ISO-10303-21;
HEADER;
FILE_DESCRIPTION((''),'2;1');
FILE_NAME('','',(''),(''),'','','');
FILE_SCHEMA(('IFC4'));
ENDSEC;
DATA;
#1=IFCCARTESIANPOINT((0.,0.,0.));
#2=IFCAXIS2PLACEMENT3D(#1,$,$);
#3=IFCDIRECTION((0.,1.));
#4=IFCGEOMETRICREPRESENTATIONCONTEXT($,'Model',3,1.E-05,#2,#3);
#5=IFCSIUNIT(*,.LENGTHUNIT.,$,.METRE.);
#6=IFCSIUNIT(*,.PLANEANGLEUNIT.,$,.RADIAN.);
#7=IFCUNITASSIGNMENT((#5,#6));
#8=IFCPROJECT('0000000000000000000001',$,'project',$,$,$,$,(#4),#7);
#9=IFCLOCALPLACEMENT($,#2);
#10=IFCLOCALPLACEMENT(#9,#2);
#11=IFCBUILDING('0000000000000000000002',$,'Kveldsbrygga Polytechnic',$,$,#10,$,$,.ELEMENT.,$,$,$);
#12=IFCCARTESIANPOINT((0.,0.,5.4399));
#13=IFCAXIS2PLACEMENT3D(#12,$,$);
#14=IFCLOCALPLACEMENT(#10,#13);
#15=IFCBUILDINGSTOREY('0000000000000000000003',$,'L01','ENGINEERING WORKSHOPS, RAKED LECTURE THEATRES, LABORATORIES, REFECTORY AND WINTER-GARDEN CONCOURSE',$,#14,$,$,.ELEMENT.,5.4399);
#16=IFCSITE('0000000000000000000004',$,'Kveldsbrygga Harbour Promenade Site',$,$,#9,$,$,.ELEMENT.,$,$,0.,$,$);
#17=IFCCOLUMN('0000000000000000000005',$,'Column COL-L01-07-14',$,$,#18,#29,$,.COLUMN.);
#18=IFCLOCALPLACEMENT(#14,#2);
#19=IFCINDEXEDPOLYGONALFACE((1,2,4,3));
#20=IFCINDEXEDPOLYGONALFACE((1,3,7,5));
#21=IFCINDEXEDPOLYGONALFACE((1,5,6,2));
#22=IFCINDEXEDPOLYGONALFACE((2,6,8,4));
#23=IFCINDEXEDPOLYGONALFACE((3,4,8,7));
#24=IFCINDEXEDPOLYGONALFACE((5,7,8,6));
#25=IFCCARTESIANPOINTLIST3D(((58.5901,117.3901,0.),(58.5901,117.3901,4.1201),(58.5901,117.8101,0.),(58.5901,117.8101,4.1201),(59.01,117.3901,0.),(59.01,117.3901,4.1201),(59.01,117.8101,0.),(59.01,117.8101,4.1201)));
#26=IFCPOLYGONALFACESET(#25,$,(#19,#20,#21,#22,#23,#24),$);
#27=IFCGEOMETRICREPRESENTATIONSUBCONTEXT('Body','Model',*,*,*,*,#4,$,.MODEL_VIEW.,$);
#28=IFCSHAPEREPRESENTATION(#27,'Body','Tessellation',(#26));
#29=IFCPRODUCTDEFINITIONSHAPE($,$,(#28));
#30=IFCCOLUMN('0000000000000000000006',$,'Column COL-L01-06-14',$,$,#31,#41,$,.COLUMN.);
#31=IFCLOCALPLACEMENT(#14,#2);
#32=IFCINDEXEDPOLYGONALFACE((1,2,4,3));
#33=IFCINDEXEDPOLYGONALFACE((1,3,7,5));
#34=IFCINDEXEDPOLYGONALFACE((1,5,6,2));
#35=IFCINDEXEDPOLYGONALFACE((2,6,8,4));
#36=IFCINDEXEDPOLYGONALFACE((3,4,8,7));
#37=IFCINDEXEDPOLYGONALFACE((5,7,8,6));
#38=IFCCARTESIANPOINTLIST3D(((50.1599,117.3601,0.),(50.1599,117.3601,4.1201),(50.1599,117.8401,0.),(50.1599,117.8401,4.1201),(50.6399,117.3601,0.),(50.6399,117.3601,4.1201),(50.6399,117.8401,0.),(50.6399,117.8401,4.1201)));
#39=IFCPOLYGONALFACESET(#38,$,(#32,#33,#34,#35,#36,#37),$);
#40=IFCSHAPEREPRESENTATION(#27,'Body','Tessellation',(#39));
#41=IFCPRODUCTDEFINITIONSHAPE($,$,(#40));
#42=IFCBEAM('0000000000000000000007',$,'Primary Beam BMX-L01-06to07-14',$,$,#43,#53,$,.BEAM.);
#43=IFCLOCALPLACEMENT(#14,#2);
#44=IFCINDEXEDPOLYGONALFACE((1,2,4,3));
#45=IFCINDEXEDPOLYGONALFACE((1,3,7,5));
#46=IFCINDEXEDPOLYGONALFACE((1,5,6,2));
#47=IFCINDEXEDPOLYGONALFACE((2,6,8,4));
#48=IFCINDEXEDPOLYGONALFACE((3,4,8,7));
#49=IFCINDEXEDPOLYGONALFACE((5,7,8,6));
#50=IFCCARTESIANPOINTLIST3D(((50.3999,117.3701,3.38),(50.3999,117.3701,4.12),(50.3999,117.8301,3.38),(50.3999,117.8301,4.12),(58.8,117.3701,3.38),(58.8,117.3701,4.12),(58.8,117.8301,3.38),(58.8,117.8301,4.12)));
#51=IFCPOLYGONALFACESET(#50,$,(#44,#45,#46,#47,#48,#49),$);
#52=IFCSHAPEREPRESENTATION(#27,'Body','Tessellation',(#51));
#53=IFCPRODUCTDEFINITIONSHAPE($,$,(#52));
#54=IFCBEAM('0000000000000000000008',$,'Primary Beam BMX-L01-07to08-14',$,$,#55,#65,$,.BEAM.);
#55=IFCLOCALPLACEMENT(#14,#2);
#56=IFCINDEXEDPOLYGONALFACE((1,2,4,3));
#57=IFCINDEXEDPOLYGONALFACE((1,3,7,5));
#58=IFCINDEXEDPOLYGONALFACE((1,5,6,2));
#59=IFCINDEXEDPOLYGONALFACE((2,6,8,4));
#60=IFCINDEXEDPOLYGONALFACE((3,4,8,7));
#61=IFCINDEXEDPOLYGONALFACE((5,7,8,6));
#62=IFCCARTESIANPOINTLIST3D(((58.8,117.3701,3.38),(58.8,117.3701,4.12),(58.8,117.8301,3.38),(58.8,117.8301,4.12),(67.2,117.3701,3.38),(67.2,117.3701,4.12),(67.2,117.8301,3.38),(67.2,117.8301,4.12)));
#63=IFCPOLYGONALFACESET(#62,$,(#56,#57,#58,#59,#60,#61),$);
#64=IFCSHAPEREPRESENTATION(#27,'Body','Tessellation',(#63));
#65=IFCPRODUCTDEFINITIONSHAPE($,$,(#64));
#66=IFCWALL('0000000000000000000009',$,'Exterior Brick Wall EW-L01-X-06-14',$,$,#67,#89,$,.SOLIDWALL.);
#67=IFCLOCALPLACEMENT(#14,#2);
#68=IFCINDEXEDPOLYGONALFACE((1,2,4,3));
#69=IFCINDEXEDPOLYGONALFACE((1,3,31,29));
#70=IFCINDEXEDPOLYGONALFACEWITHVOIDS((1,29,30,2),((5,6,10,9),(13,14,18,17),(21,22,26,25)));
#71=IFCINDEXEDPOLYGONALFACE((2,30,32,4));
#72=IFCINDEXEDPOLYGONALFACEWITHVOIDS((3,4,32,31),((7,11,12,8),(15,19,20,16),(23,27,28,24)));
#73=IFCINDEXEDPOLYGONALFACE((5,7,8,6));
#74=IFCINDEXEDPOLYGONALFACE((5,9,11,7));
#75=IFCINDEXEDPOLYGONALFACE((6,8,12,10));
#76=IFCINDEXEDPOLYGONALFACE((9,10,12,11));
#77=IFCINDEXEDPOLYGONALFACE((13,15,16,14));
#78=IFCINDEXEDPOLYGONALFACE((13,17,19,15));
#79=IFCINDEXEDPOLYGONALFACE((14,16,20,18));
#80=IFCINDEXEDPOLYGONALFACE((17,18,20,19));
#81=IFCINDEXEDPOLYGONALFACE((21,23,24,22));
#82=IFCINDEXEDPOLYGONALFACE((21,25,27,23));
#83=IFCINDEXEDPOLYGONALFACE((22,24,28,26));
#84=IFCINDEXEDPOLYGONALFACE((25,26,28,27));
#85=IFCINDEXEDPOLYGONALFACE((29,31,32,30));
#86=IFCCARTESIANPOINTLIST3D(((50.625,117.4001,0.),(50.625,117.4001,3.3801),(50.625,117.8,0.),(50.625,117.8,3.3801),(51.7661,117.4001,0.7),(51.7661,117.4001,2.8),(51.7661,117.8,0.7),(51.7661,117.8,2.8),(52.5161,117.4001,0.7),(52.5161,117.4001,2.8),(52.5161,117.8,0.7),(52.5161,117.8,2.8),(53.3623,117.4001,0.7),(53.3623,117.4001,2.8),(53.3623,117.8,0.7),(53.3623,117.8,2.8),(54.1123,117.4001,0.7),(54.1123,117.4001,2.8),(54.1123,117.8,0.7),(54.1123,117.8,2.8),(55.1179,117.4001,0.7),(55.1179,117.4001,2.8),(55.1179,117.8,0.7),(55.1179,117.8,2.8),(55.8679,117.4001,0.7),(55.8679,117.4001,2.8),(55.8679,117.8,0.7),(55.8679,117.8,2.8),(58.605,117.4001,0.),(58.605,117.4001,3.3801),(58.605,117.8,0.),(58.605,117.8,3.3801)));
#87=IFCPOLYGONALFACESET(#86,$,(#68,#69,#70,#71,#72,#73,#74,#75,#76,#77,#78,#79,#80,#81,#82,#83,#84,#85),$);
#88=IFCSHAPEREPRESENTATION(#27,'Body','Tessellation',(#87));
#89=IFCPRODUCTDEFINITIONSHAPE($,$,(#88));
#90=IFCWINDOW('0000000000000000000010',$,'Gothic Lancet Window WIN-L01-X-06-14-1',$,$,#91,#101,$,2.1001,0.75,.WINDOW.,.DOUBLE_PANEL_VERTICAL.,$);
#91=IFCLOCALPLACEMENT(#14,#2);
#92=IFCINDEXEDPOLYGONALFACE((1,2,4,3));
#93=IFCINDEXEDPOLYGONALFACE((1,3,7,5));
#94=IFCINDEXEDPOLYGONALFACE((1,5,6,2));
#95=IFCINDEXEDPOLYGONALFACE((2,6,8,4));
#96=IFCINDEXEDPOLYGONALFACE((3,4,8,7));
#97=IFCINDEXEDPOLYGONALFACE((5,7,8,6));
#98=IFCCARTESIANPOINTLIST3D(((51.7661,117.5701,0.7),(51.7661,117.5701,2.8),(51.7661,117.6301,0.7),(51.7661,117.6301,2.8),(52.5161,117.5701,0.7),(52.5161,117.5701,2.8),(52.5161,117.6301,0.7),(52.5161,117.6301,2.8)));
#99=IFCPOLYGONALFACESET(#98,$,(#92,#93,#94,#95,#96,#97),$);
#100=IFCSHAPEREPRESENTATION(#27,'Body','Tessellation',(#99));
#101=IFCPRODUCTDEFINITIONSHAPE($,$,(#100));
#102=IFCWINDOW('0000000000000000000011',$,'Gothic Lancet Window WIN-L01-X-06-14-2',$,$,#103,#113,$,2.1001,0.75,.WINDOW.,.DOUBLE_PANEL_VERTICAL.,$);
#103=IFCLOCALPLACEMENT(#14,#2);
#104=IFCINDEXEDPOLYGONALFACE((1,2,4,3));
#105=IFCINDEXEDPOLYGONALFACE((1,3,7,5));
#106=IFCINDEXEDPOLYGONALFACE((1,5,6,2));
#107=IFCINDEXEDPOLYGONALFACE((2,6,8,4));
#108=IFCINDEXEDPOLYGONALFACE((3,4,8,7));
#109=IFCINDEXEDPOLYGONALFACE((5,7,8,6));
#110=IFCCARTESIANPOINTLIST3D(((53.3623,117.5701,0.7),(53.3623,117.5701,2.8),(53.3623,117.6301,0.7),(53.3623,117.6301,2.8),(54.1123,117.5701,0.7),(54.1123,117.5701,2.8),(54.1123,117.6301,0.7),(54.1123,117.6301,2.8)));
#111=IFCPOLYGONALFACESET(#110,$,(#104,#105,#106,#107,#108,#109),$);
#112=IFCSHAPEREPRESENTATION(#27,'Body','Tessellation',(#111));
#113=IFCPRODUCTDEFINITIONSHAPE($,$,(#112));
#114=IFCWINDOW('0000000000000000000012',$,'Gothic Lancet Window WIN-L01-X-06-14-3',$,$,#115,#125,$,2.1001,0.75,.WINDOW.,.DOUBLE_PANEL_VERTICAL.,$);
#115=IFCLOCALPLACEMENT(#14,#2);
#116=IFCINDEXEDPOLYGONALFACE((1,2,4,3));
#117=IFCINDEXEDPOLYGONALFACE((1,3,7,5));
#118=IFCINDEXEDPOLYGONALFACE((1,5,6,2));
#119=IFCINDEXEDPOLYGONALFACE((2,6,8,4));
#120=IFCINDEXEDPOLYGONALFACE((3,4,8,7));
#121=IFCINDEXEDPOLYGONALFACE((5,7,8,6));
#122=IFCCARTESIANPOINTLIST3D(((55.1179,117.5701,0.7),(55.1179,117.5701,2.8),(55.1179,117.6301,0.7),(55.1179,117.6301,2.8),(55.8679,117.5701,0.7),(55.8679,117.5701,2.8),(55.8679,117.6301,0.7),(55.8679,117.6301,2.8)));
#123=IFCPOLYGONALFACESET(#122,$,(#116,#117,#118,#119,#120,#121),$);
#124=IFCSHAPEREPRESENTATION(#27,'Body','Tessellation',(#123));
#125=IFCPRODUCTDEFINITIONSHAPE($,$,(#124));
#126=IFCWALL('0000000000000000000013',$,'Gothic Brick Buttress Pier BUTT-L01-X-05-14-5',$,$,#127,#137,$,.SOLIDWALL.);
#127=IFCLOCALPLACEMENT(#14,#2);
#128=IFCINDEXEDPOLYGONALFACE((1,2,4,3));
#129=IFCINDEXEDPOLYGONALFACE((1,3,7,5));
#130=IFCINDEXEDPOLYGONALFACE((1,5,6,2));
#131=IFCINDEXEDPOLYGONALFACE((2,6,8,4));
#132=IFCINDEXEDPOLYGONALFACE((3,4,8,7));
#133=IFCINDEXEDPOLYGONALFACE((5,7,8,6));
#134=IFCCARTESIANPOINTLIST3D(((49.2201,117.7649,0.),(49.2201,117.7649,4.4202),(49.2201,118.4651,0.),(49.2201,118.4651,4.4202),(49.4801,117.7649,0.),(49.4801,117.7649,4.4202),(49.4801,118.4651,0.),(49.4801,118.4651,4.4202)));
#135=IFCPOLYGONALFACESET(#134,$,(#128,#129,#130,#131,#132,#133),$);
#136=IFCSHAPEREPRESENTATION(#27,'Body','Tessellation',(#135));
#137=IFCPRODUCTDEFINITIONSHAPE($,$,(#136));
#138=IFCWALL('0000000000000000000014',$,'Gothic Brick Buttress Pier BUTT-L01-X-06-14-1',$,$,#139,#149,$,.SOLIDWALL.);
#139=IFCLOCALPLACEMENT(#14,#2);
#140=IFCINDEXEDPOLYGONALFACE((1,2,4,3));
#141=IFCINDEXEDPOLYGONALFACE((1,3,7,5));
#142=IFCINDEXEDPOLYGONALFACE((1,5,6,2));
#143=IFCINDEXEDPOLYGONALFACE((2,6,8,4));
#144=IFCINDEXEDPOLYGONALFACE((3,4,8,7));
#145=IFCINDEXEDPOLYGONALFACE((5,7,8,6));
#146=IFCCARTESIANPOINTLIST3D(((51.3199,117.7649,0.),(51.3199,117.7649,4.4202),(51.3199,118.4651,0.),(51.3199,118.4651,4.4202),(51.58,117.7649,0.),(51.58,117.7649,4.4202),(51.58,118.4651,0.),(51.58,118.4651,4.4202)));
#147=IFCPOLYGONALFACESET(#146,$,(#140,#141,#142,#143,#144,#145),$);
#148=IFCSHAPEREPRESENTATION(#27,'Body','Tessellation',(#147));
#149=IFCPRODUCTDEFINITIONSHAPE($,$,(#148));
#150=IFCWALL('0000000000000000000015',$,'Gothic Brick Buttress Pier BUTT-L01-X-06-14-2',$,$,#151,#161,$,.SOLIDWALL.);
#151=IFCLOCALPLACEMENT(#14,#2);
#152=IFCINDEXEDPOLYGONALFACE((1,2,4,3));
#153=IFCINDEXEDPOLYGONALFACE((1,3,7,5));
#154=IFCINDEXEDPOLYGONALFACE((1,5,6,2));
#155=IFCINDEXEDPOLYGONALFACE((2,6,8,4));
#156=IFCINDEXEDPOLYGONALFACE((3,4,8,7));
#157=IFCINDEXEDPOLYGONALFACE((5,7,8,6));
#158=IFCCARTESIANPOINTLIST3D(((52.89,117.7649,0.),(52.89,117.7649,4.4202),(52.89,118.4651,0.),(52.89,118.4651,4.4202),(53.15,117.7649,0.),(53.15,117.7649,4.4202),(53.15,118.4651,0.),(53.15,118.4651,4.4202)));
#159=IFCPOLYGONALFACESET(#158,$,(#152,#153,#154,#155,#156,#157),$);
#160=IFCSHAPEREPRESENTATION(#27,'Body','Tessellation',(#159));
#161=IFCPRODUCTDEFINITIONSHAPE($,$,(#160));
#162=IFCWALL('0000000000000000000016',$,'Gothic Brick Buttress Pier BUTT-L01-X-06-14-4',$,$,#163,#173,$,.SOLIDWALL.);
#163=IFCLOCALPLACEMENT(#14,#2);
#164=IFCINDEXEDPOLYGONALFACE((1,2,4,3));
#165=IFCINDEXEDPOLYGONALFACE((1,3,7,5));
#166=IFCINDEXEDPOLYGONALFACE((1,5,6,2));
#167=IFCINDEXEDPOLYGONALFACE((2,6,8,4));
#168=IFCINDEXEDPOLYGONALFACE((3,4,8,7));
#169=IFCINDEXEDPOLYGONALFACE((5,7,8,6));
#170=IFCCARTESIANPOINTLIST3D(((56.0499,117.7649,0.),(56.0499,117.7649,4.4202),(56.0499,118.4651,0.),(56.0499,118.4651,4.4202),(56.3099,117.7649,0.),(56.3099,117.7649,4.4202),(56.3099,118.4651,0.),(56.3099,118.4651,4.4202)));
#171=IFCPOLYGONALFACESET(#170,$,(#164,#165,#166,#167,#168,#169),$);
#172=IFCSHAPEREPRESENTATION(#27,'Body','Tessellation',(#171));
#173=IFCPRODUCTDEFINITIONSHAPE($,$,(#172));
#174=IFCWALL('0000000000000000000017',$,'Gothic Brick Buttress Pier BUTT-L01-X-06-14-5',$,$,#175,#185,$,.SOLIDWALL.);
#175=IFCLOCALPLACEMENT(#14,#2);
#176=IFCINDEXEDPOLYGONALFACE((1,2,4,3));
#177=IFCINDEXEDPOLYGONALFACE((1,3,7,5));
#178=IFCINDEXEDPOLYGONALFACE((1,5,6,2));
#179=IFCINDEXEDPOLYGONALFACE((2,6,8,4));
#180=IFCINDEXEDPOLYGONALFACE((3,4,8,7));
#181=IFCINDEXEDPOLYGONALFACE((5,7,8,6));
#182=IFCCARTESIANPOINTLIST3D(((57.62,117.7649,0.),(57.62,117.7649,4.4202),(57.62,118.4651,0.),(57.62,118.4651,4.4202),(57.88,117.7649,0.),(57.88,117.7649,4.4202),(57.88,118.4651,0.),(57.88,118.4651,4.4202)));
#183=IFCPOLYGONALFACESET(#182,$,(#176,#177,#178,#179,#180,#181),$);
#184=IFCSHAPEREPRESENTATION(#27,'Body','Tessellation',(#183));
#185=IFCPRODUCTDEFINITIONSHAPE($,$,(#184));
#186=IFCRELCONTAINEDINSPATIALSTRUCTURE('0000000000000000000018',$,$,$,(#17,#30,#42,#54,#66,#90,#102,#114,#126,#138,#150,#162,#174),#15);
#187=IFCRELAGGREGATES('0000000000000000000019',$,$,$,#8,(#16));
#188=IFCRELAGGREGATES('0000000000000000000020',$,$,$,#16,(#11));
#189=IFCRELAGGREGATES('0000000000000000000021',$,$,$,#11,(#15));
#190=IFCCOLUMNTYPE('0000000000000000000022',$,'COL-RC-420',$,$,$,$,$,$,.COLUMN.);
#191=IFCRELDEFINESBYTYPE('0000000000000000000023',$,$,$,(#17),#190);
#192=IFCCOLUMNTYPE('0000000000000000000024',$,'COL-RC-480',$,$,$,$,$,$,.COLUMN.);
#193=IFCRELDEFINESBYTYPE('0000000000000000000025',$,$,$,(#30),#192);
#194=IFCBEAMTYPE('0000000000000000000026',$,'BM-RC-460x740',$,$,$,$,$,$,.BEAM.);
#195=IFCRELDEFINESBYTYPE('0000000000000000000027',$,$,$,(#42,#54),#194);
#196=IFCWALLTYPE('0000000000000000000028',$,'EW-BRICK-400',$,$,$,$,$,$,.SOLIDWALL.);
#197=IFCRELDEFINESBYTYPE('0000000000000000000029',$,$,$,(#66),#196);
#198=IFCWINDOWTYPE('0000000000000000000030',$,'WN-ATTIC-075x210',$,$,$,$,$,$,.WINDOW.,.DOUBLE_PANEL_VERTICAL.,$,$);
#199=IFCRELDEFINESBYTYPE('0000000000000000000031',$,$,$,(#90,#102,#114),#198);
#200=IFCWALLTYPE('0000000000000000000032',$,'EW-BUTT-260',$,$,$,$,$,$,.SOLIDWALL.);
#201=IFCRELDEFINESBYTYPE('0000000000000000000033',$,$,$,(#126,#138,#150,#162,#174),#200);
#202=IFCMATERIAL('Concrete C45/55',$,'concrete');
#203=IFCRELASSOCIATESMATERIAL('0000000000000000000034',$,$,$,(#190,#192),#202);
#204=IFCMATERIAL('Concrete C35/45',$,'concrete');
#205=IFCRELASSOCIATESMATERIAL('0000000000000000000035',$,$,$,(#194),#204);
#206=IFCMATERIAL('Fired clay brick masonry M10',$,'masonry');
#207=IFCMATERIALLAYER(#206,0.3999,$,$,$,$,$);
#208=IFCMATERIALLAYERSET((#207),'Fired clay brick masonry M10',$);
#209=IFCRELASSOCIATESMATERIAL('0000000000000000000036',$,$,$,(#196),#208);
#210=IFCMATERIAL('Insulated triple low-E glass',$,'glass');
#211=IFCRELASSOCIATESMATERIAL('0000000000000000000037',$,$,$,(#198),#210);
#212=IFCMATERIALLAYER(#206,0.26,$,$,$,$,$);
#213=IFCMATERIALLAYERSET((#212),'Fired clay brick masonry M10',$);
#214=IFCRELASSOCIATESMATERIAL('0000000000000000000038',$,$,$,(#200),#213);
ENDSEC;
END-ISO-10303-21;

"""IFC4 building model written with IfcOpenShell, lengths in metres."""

from ifc_helpers import new_model, si_unit, direction, frame, frame_2d, origin, origin_2d, place, context, subcontext, project, spatial, rectangle, extrude, material, layer, layer_set, material_profile, profile_set, type_object, element, fill, save


model = new_model("IFC4")

# Units and contexts
model_context = context("Model", 3, precision=1e-05, world=origin(), true_north=direction((0.0, 1.0)))
body_context = subcontext(model_context, "Body", "Model", "MODEL_VIEW")
ifc_project = project(units=[si_unit("LENGTHUNIT", "METRE"), si_unit("PLANEANGLEUNIT", "RADIAN")], contexts=[model_context])

# Site, building, storey
site_placement = place(None, origin())
site = spatial("IfcSite", under=ifc_project, at=site_placement, Name="Kveldsbrygga Harbour Promenade Site", CompositionType="ELEMENT", RefElevation=0.0)
building_placement = place(site_placement, origin())
building = spatial("IfcBuilding", under=site, at=building_placement, Name="Kveldsbrygga Polytechnic", CompositionType="ELEMENT")
storey_placement = place(building_placement, frame((0.0, 0.0, 5.4399)))
storey = spatial("IfcBuildingStorey", under=building, at=storey_placement, Name="L01", Description="ENGINEERING WORKSHOPS, RAKED LECTURE THEATRES, LABORATORIES, REFECTORY AND WINTER-GARDEN CONCOURSE", CompositionType="ELEMENT", Elevation=5.4399)

# Columns
ifc_material_1 = material(Name="Concrete C45/55", Category="concrete")
ifc_material_profile_1 = material_profile(ifc_material_1, rectangle(XDim=0.4199, YDim=0.4199, at=origin_2d()), Name="RC 420x420")
ifc_profile_set_1 = profile_set([ifc_material_profile_1], Name="Concrete C45/55")
column_type_1 = type_object("IfcColumnType", Name="COL-RC-420", PredefinedType="COLUMN", material=ifc_profile_set_1)
column_1_placement = place(storey_placement, frame((58.8, 117.6001, 0.0), z_axis=(0.0, 0.0, 1.0), x_axis=(1.0, 0.0, 0.0)))
element("IfcColumn", 1, at=column_1_placement, inside=storey, type_object=column_type_1, Name="Column COL-L01-07-14", PredefinedType="COLUMN", context=body_context, shape_type="SweptSolid", body=[
    extrude(rectangle(XDim=0.4199, YDim=0.4199, at=origin_2d()), origin(), (0.0, 0.0, 1.0), 4.1201),
])
ifc_material_profile_2 = material_profile(ifc_material_1, rectangle(XDim=0.48, YDim=0.48, at=origin_2d()), Name="RC 480x480")
ifc_profile_set_2 = profile_set([ifc_material_profile_2], Name="Concrete C45/55")
column_type_2 = type_object("IfcColumnType", Name="COL-RC-480", PredefinedType="COLUMN", material=ifc_profile_set_2)
column_2_placement = place(storey_placement, frame((50.3999, 117.6001, 0.0), z_axis=(0.0, 0.0, 1.0), x_axis=(1.0, 0.0, 0.0)))
element("IfcColumn", 2, at=column_2_placement, inside=storey, type_object=column_type_2, Name="Column COL-L01-06-14", PredefinedType="COLUMN", context=body_context, shape_type="SweptSolid", body=[
    extrude(rectangle(XDim=0.48, YDim=0.48, at=origin_2d()), origin(), (0.0, 0.0, 1.0), 4.1201),
])

# Beams
ifc_material_2 = material(Name="Concrete C35/45", Category="concrete")
ifc_material_profile_3 = material_profile(ifc_material_2, rectangle(XDim=0.46, YDim=0.74, at=origin_2d()), Name="RC 460x740")
ifc_profile_set_3 = profile_set([ifc_material_profile_3], Name="Concrete C35/45")
beam_type = type_object("IfcBeamType", Name="BM-RC-460x740", PredefinedType="BEAM", material=ifc_profile_set_3)
beam_1_placement = place(storey_placement, frame((50.3999, 117.6001, 3.75), z_axis=(1.0, 0.0, 0.0), x_axis=(0.0, 1.0, 0.0)))
element("IfcBeam", 3, at=beam_1_placement, inside=storey, type_object=beam_type, Name="Primary Beam BMX-L01-06to07-14", PredefinedType="BEAM", context=body_context, shape_type="SweptSolid", body=[
    extrude(rectangle(XDim=0.46, YDim=0.74, at=origin_2d()), origin(), (0.0, 0.0, 1.0), 8.4001),
])
beam_2_placement = place(storey_placement, frame((58.8, 117.6001, 3.75), z_axis=(1.0, 0.0, 0.0), x_axis=(0.0, 1.0, 0.0)))
element("IfcBeam", 4, at=beam_2_placement, inside=storey, type_object=beam_type, Name="Primary Beam BMX-L01-07to08-14", PredefinedType="BEAM", context=body_context, shape_type="SweptSolid", body=[
    extrude(rectangle(XDim=0.46, YDim=0.74, at=origin_2d()), origin(), (0.0, 0.0, 1.0), 8.3999),
])

# Wall, openings, windows
ifc_material_3 = material(Name="Fired clay brick masonry M10", Category="masonry")
ifc_layer_1 = layer(ifc_material_3, 0.3999)
ifc_layer_set_1 = layer_set([ifc_layer_1], Name="Fired clay brick masonry M10")
wall_type_1 = type_object("IfcWallType", Name="EW-BRICK-400", PredefinedType="SOLIDWALL", material=ifc_layer_set_1)
wall_placement = place(storey_placement, frame((50.625, 117.6001, 0.0), z_axis=(0.0, 0.0, 1.0), x_axis=(1.0, 0.0, 0.0)))
wall = element("IfcWall", 5, at=wall_placement, inside=storey, type_object=wall_type_1, Name="Exterior Brick Wall EW-L01-X-06-14", PredefinedType="SOLIDWALL", context=body_context, shape_type="SweptSolid", body=[
    extrude(rectangle(XDim=7.98, YDim=0.3999, at=frame_2d((3.99, 0.0))), origin(), (0.0, 0.0, 1.0), 3.3801),
])
opening_1_placement = place(wall_placement, frame((1.1411, 0.0, 0.7)))
opening_1 = element("IfcOpeningElement", 6, at=opening_1_placement, cuts=wall, PredefinedType="OPENING", context=body_context, shape_type="SweptSolid", body=[
    extrude(rectangle(XDim=0.75, YDim=2.1001, at=frame_2d((0.375, 1.05))), frame((0.0, 0.21, 0.0), z_axis=(0.0, -1.0, 0.0), x_axis=(1.0, 0.0, 0.0)), (0.0, 0.0, 1.0), 0.4199),
])
opening_2_placement = place(wall_placement, frame((2.7373, 0.0, 0.7)))
opening_2 = element("IfcOpeningElement", 7, at=opening_2_placement, cuts=wall, PredefinedType="OPENING", context=body_context, shape_type="SweptSolid", body=[
    extrude(rectangle(XDim=0.75, YDim=2.1001, at=frame_2d((0.375, 1.05))), frame((0.0, 0.21, 0.0), z_axis=(0.0, -1.0, 0.0), x_axis=(1.0, 0.0, 0.0)), (0.0, 0.0, 1.0), 0.4199),
])
opening_3_placement = place(wall_placement, frame((4.4929, 0.0, 0.7)))
opening_3 = element("IfcOpeningElement", 8, at=opening_3_placement, cuts=wall, PredefinedType="OPENING", context=body_context, shape_type="SweptSolid", body=[
    extrude(rectangle(XDim=0.75, YDim=2.1001, at=frame_2d((0.375, 1.05))), frame((0.0, 0.21, 0.0), z_axis=(0.0, -1.0, 0.0), x_axis=(1.0, 0.0, 0.0)), (0.0, 0.0, 1.0), 0.4199),
])
ifc_material_4 = material(Name="Insulated triple low-E glass", Category="glass")
window_type = type_object("IfcWindowType", Name="WN-ATTIC-075x210", PartitioningType="DOUBLE_PANEL_VERTICAL", PredefinedType="WINDOW", material=ifc_material_4)
window_1_placement = place(opening_1_placement, origin())
window_1 = element("IfcWindow", 9, at=window_1_placement, inside=storey, type_object=window_type, Name="Gothic Lancet Window WIN-L01-X-06-14-1", OverallHeight=2.1001, OverallWidth=0.75, PartitioningType="DOUBLE_PANEL_VERTICAL", PredefinedType="WINDOW", context=body_context, shape_type="SweptSolid", body=[
    extrude(rectangle(XDim=0.75, YDim=2.1001, at=frame_2d((0.375, 1.05))), frame((0.0, 0.03, 0.0), z_axis=(0.0, -1.0, 0.0), x_axis=(1.0, 0.0, 0.0)), (0.0, 0.0, 1.0), 0.0601),
])
fill(opening_1, window_1)
window_2_placement = place(opening_2_placement, origin())
window_2 = element("IfcWindow", 10, at=window_2_placement, inside=storey, type_object=window_type, Name="Gothic Lancet Window WIN-L01-X-06-14-2", OverallHeight=2.1001, OverallWidth=0.75, PartitioningType="DOUBLE_PANEL_VERTICAL", PredefinedType="WINDOW", context=body_context, shape_type="SweptSolid", body=[
    extrude(rectangle(XDim=0.75, YDim=2.1001, at=frame_2d((0.375, 1.05))), frame((0.0, 0.03, 0.0), z_axis=(0.0, -1.0, 0.0), x_axis=(1.0, 0.0, 0.0)), (0.0, 0.0, 1.0), 0.0601),
])
fill(opening_2, window_2)
window_3_placement = place(opening_3_placement, origin())
window_3 = element("IfcWindow", 11, at=window_3_placement, inside=storey, type_object=window_type, Name="Gothic Lancet Window WIN-L01-X-06-14-3", OverallHeight=2.1001, OverallWidth=0.75, PartitioningType="DOUBLE_PANEL_VERTICAL", PredefinedType="WINDOW", context=body_context, shape_type="SweptSolid", body=[
    extrude(rectangle(XDim=0.75, YDim=2.1001, at=frame_2d((0.375, 1.05))), frame((0.0, 0.03, 0.0), z_axis=(0.0, -1.0, 0.0), x_axis=(1.0, 0.0, 0.0)), (0.0, 0.0, 1.0), 0.0601),
])
fill(opening_3, window_3)

# Walls
ifc_layer_2 = layer(ifc_material_3, 0.26)
ifc_layer_set_2 = layer_set([ifc_layer_2], Name="Fired clay brick masonry M10")
wall_type_2 = type_object("IfcWallType", Name="EW-BUTT-260", PredefinedType="SOLIDWALL", material=ifc_layer_set_2)
for number, where, z_axis, x_axis, name in (
    (12, (49.3501, 117.7649, 0.0), (0.0, 0.0, 1.0), (0.0, 1.0, 0.0), "Gothic Brick Buttress Pier BUTT-L01-X-05-14-5"),
    (13, (51.45, 117.7649, 0.0), (0.0, 0.0, 1.0), (0.0, 1.0, 0.0), "Gothic Brick Buttress Pier BUTT-L01-X-06-14-1"),
    (14, (53.02, 117.7649, 0.0), (0.0, 0.0, 1.0), (0.0, 1.0, 0.0), "Gothic Brick Buttress Pier BUTT-L01-X-06-14-2"),
    (15, (56.1799, 117.7649, 0.0), (0.0, 0.0, 1.0), (0.0, 1.0, 0.0), "Gothic Brick Buttress Pier BUTT-L01-X-06-14-4"),
    (16, (57.75, 117.7649, 0.0), (0.0, 0.0, 1.0), (0.0, 1.0, 0.0), "Gothic Brick Buttress Pier BUTT-L01-X-06-14-5"),
):
    element("IfcWall", number, at=place(storey_placement, frame(where, z_axis=z_axis, x_axis=x_axis)), inside=storey, type_object=wall_type_2, Name=name, PredefinedType="SOLIDWALL", context=body_context, shape_type="SweptSolid", body=[
        extrude(rectangle(XDim=0.7002, YDim=0.26, at=frame_2d((0.3501, 0.0))), origin(), (0.0, 0.0, 1.0), 4.4202),
    ])

save(model, "model.ifc")
